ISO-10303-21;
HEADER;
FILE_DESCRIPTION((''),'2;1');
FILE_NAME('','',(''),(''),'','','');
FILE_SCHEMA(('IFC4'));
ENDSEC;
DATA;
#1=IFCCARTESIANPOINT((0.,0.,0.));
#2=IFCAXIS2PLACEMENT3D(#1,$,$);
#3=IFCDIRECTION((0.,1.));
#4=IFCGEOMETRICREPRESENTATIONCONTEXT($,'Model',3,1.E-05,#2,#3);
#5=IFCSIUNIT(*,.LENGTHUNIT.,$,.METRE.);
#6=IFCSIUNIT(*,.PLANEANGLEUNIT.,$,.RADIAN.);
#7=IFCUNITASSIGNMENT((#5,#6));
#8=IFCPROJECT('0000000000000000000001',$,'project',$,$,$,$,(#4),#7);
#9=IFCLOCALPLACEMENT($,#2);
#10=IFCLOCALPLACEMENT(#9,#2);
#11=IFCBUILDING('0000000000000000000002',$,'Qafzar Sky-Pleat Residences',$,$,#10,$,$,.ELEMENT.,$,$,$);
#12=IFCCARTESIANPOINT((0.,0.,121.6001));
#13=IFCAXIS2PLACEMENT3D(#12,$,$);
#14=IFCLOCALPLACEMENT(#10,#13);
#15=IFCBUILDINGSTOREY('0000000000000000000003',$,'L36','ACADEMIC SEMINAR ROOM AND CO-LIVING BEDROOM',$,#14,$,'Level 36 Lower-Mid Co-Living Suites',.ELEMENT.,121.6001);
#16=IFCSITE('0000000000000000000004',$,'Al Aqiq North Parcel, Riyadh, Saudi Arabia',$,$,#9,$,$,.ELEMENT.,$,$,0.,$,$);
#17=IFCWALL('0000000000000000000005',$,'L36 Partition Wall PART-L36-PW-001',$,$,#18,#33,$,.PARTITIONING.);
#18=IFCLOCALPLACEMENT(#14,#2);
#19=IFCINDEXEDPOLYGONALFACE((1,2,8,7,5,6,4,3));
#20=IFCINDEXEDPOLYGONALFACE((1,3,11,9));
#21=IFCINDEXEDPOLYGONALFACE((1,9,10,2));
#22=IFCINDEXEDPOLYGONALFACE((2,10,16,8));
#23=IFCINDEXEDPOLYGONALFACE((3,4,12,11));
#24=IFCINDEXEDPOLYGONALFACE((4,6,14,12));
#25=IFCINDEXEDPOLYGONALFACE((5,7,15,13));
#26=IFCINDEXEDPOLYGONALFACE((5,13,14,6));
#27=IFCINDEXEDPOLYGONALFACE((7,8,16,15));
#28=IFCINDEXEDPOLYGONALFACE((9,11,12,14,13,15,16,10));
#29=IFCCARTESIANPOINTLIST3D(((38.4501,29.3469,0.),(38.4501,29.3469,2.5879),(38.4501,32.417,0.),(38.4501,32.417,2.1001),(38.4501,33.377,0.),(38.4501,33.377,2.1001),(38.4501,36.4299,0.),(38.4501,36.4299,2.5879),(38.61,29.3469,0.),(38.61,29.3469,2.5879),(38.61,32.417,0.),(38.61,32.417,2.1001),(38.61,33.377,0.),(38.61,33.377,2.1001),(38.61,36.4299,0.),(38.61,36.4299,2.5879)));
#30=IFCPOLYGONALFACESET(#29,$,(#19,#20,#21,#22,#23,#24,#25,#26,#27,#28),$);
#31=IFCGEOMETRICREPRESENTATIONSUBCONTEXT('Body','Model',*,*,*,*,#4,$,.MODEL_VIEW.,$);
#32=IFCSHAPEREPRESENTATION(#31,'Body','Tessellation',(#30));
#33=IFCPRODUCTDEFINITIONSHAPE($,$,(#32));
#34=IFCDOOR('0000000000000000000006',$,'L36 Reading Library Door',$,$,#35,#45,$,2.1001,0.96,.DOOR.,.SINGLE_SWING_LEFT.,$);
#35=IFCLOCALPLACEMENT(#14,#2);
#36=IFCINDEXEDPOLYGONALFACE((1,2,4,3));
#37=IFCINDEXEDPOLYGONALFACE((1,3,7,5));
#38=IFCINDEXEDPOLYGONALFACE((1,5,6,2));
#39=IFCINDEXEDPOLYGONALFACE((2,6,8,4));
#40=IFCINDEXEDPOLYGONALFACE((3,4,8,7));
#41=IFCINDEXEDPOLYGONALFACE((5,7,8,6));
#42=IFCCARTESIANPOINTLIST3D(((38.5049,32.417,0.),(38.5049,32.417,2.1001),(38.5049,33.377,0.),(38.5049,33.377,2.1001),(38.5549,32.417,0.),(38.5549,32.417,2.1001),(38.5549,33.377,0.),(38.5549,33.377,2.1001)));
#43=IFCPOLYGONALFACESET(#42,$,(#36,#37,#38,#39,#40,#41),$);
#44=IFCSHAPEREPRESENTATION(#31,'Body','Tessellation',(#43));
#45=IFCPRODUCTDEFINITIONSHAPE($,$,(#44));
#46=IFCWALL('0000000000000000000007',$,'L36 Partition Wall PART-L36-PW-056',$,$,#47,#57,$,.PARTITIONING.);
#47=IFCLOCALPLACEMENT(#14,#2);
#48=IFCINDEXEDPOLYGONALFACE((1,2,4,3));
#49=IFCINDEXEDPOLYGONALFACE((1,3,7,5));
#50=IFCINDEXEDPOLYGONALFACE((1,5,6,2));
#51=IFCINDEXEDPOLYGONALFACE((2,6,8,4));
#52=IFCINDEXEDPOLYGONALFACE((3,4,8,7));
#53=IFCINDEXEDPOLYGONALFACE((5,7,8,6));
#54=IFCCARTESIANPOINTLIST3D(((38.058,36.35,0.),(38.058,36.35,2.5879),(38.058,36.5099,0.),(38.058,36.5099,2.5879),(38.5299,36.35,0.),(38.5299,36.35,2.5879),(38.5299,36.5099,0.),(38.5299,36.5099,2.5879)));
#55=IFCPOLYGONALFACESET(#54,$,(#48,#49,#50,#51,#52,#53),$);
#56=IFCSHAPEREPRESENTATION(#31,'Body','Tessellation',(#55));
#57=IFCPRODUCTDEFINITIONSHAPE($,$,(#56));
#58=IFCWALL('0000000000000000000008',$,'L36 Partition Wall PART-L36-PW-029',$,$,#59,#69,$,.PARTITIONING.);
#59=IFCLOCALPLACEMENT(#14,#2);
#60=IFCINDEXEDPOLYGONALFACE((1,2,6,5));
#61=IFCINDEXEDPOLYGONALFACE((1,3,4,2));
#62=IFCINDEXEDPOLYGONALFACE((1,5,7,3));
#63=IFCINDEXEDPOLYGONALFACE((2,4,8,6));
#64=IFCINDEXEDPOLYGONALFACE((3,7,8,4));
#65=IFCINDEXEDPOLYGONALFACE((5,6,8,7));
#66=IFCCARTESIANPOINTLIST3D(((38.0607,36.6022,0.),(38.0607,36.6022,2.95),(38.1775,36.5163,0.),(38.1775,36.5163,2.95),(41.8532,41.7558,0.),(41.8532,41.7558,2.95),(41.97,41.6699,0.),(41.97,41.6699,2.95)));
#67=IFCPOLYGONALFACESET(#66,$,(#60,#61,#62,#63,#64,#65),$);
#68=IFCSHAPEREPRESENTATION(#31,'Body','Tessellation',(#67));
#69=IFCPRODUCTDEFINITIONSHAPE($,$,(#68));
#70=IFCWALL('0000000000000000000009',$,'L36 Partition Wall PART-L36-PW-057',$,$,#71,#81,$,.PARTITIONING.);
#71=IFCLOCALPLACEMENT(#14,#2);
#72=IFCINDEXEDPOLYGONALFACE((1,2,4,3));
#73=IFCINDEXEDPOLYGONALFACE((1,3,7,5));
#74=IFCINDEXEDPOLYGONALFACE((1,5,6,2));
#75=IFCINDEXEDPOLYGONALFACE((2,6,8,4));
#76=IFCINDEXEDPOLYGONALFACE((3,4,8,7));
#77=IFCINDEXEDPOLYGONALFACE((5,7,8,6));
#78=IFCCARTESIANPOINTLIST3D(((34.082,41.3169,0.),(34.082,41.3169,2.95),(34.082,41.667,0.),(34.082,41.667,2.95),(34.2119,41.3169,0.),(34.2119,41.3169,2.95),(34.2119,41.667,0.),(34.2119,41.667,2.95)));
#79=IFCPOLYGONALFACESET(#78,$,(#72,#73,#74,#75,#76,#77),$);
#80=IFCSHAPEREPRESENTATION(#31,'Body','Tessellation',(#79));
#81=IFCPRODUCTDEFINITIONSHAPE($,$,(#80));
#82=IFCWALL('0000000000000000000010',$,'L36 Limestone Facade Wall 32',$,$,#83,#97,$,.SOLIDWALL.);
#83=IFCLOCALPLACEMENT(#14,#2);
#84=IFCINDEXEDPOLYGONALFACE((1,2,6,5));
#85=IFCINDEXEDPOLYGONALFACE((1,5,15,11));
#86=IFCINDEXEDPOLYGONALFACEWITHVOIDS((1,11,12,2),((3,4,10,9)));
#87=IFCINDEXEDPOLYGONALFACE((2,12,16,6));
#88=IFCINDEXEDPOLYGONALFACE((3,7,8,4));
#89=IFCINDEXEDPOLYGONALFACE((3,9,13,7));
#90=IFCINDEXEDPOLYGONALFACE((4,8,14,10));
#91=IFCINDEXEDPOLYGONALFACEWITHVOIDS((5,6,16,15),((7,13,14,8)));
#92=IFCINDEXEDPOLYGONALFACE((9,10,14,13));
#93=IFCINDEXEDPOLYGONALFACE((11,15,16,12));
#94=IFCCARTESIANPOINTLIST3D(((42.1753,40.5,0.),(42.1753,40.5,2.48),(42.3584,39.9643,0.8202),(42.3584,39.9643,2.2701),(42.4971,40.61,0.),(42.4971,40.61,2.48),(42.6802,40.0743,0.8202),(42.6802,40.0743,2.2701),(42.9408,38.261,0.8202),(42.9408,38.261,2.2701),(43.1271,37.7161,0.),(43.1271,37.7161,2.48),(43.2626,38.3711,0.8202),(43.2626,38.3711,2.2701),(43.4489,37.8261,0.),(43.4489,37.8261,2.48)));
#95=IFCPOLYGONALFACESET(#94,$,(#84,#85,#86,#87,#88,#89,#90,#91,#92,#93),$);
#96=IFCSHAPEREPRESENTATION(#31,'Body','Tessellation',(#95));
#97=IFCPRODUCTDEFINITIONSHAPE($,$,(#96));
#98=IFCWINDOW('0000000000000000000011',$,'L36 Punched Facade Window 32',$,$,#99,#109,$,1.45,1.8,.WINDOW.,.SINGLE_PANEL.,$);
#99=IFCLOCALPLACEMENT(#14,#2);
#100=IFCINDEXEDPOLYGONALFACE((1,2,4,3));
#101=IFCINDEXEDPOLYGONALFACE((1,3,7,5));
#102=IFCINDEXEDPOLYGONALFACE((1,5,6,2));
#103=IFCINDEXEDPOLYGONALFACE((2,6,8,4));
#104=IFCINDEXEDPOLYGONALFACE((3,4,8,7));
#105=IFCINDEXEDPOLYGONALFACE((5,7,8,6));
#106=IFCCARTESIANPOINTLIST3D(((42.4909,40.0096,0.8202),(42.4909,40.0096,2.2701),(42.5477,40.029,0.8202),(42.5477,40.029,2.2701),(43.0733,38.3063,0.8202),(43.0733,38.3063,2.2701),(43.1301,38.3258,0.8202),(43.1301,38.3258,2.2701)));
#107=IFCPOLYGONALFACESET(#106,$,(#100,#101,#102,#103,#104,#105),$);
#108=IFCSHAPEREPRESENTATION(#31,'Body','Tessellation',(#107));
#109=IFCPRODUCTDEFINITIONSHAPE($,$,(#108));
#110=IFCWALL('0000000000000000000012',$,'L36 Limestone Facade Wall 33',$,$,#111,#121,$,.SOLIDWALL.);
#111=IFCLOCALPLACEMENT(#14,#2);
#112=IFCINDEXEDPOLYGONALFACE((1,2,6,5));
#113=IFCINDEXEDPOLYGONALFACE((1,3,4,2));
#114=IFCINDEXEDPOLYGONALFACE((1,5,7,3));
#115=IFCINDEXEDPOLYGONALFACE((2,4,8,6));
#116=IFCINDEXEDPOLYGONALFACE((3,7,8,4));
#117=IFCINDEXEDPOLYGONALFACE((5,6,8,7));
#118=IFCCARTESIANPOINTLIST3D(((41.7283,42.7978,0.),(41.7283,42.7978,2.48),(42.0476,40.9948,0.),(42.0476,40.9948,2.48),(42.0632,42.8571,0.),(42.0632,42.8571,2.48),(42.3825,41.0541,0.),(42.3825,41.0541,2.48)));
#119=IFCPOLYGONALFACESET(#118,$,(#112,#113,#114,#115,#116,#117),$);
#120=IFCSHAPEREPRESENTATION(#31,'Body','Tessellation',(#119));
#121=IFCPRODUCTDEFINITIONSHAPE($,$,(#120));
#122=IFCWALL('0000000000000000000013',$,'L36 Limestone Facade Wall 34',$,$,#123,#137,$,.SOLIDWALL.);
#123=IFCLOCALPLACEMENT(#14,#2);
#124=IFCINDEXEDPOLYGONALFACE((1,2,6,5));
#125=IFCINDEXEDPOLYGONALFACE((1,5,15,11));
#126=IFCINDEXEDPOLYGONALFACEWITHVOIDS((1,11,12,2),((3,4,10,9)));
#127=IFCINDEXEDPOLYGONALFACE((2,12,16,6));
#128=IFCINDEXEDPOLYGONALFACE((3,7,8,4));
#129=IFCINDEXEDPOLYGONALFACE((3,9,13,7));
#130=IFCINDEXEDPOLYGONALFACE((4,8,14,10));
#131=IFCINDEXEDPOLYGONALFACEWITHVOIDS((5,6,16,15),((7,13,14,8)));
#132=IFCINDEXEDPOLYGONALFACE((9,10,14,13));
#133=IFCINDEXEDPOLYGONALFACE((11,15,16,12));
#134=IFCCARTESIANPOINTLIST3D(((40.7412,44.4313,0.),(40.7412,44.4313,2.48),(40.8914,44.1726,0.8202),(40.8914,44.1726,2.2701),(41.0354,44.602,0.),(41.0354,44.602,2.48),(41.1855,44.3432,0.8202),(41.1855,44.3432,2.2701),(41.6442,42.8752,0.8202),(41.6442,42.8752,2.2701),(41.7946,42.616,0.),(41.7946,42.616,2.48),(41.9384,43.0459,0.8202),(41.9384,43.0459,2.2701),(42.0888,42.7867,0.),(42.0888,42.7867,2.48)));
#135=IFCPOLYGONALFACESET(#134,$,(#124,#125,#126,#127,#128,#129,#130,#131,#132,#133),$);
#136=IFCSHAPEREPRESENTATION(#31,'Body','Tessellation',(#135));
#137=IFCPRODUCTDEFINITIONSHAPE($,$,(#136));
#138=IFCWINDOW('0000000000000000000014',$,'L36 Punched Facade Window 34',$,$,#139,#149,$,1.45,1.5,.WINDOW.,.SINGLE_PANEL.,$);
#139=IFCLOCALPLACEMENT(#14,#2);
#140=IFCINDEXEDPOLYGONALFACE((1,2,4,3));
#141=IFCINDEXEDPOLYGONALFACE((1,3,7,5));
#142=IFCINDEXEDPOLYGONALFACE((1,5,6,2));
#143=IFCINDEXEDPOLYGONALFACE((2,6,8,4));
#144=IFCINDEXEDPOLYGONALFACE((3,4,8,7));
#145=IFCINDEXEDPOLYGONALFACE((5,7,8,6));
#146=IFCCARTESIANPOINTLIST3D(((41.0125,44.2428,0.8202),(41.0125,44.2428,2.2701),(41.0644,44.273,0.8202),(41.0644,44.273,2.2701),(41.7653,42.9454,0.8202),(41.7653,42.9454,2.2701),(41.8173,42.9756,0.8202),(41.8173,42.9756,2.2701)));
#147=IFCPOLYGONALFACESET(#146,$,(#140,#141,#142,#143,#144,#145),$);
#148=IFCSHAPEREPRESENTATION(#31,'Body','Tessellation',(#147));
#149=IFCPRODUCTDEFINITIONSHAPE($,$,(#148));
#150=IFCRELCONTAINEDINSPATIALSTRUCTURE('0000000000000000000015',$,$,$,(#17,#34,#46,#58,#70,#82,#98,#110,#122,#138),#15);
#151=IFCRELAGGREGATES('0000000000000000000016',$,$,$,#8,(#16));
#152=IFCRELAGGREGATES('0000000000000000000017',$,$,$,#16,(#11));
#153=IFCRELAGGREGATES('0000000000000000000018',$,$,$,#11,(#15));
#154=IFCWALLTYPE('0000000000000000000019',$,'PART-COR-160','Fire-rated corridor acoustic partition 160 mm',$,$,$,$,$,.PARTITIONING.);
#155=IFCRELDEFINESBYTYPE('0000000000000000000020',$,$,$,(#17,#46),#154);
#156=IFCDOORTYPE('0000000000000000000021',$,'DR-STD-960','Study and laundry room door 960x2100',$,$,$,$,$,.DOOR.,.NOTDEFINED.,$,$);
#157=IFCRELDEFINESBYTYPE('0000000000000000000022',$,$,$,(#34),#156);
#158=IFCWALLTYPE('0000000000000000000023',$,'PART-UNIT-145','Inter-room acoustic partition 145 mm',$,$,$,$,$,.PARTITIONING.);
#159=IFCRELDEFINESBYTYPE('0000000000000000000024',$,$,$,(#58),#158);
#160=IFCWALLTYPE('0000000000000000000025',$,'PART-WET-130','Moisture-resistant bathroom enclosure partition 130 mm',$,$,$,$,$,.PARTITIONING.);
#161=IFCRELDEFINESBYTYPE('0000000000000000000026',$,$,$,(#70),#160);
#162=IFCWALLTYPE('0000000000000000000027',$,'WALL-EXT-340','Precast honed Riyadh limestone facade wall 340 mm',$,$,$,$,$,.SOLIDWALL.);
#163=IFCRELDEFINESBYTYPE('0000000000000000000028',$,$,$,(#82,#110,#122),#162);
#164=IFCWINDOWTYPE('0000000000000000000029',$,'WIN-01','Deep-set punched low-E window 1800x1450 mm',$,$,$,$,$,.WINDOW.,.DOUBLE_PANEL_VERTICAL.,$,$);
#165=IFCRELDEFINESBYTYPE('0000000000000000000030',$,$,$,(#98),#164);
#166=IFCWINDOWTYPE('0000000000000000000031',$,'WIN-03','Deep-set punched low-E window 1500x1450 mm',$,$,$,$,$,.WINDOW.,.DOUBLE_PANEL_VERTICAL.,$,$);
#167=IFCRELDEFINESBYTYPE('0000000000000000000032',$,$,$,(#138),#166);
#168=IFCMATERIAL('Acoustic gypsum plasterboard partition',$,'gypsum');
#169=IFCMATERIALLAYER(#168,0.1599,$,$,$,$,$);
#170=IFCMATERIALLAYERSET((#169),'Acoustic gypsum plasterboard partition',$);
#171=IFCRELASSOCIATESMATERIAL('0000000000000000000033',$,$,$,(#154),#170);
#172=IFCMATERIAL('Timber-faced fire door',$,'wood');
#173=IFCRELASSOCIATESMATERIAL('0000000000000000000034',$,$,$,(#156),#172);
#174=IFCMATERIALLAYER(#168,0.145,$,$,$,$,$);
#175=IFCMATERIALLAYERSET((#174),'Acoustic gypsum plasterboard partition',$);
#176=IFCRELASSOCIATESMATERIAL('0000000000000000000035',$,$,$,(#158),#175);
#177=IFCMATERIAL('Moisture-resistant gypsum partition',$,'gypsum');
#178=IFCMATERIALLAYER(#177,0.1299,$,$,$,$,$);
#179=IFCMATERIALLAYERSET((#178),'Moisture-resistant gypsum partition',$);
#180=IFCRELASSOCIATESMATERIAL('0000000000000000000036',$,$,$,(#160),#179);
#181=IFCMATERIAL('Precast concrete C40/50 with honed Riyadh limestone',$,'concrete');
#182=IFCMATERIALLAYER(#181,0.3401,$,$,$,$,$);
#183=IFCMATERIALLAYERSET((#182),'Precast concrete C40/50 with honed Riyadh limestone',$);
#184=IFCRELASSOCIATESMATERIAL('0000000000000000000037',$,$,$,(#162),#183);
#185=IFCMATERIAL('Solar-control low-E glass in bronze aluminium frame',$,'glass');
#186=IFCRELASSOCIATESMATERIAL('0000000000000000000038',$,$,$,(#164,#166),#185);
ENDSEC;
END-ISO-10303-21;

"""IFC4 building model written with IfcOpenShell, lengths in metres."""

from ifc_helpers import new_model, si_unit, direction, frame, frame_2d, origin, place, context, subcontext, project, spatial, rectangle, extrude, source, transform, mapped, material, layer, layer_set, type_object, element, fill, save


model = new_model("IFC4")

# Units and contexts
model_context = context("Model", 3, precision=1e-05, world=origin(), true_north=direction((0.0, 1.0)))
body_context = subcontext(model_context, "Body", "Model", "MODEL_VIEW")
ifc_project = project(units=[si_unit("LENGTHUNIT", "METRE"), si_unit("PLANEANGLEUNIT", "RADIAN")], contexts=[model_context])

# Site, building, storey
site_placement = place(None, origin())
site = spatial("IfcSite", under=ifc_project, at=site_placement, Name="Al Aqiq North Parcel, Riyadh, Saudi Arabia", CompositionType="ELEMENT", RefElevation=0.0)
building_placement = place(site_placement, origin())
building = spatial("IfcBuilding", under=site, at=building_placement, Name="Qafzar Sky-Pleat Residences", CompositionType="ELEMENT")
storey_placement = place(building_placement, frame((0.0, 0.0, 121.6001)))
storey = spatial("IfcBuildingStorey", under=building, at=storey_placement, Name="L36", Description="ACADEMIC SEMINAR ROOM AND CO-LIVING BEDROOM", LongName="Level 36 Lower-Mid Co-Living Suites", CompositionType="ELEMENT", Elevation=121.6001)

# Wall, opening, door
ifc_material_1 = material(Name="Acoustic gypsum plasterboard partition", Category="gypsum")
ifc_layer_1 = layer(ifc_material_1, 0.1599)
ifc_layer_set_1 = layer_set([ifc_layer_1], Name="Acoustic gypsum plasterboard partition")
wall_type_1 = type_object("IfcWallType", Name="PART-COR-160", Description="Fire-rated corridor acoustic partition 160 mm", PredefinedType="PARTITIONING", material=ifc_layer_set_1)
wall_1_placement = place(storey_placement, frame((38.53, 36.4299, 0.0), z_axis=(0.0, 0.0, 1.0), x_axis=(0.0, -1.0, 0.0)))
wall_1 = element("IfcWall", 1, at=wall_1_placement, inside=storey, type_object=wall_type_1, Name="L36 Partition Wall PART-L36-PW-001", PredefinedType="PARTITIONING", context=body_context, shape_type="SweptSolid", body=[
    extrude(rectangle(XDim=7.083, YDim=0.1599, at=frame_2d((3.5415, 0.0))), origin(), (0.0, 0.0, 1.0), 2.5879),
])
opening_1_placement = place(wall_1_placement, frame((3.053, 0.0, 0.0)))
opening_1 = element("IfcOpeningElement", 2, at=opening_1_placement, cuts=wall_1, PredefinedType="OPENING", context=body_context, shape_type="SweptSolid", body=[
    extrude(rectangle(XDim=0.96, YDim=2.1001, at=frame_2d((0.48, 1.05))), frame((0.0, 0.0898, 0.0), z_axis=(0.0, -1.0, 0.0), x_axis=(1.0, 0.0, 0.0)), (0.0, 0.0, 1.0), 0.1799),
])
ifc_material_2 = material(Name="Timber-faced fire door", Category="wood")
door_type = type_object("IfcDoorType", Name="DR-STD-960", Description="Study and laundry room door 960x2100", OperationType="NOTDEFINED", PredefinedType="DOOR", material=ifc_material_2)
shared_shape_1 = source(origin(), body_context, "Body", "SweptSolid", [
    extrude(rectangle(XDim=0.96, YDim=2.1001, at=frame_2d((0.48, 1.05))), frame((0.0, 0.0249, 0.0), z_axis=(0.0, -1.0, 0.0), x_axis=(1.0, 0.0, 0.0)), (0.0, 0.0, 1.0), 0.05),
])
door_placement = place(opening_1_placement, origin())
door = element("IfcDoor", 3, at=door_placement, inside=storey, type_object=door_type, Name="L36 Reading Library Door", OperationType="SINGLE_SWING_LEFT", OverallHeight=2.1001, OverallWidth=0.96, PredefinedType="DOOR", context=body_context, shape_type="MappedRepresentation", body=[
    mapped(shared_shape_1, transform((0.0, 0.0, 0.0), x_axis=(1.0, 0.0, 0.0), y_axis=(0.0, 1.0, 0.0), z_axis=(0.0, 0.0, 1.0), scale=1.0)),
])
fill(opening_1, door)

# Walls
wall_2_placement = place(storey_placement, frame((38.0581, 36.4299, 0.0), z_axis=(0.0, 0.0, 1.0), x_axis=(1.0, 0.0, 0.0)))
element("IfcWall", 4, at=wall_2_placement, inside=storey, type_object=wall_type_1, Name="L36 Partition Wall PART-L36-PW-056", PredefinedType="PARTITIONING", context=body_context, shape_type="SweptSolid", body=[
    extrude(rectangle(XDim=0.4719, YDim=0.1599, at=frame_2d((0.2358, 0.0))), origin(), (0.0, 0.0, 1.0), 2.5879),
])
ifc_layer_2 = layer(ifc_material_1, 0.145)
ifc_layer_set_2 = layer_set([ifc_layer_2], Name="Acoustic gypsum plasterboard partition")
wall_type_2 = type_object("IfcWallType", Name="PART-UNIT-145", Description="Inter-room acoustic partition 145 mm", PredefinedType="PARTITIONING", material=ifc_layer_set_2)
wall_3_placement = place(storey_placement, frame((38.1191, 36.5593, 0.0), z_axis=(0.0, 0.0, 1.0), x_axis=(0.592704, 0.80542, 0.0)))
element("IfcWall", 5, at=wall_3_placement, inside=storey, type_object=wall_type_2, Name="L36 Partition Wall PART-L36-PW-029", PredefinedType="PARTITIONING", context=body_context, shape_type="SweptSolid", body=[
    extrude(rectangle(XDim=6.3987, YDim=0.145, at=frame_2d((3.1992, 0.0))), origin(), (0.0, 0.0, 1.0), 2.95),
])
ifc_material_3 = material(Name="Moisture-resistant gypsum partition", Category="gypsum")
ifc_layer_3 = layer(ifc_material_3, 0.1299)
ifc_layer_set_3 = layer_set([ifc_layer_3], Name="Moisture-resistant gypsum partition")
wall_type_3 = type_object("IfcWallType", Name="PART-WET-130", Description="Moisture-resistant bathroom enclosure partition 130 mm", PredefinedType="PARTITIONING", material=ifc_layer_set_3)
wall_4_placement = place(storey_placement, frame((34.147, 41.3169, 0.0), z_axis=(0.0, 0.0, 1.0), x_axis=(0.0, 1.0, 0.0)))
element("IfcWall", 6, at=wall_4_placement, inside=storey, type_object=wall_type_3, Name="L36 Partition Wall PART-L36-PW-057", PredefinedType="PARTITIONING", context=body_context, shape_type="SweptSolid", body=[
    extrude(rectangle(XDim=0.3501, YDim=0.1299, at=frame_2d((0.175, 0.0))), origin(), (0.0, 0.0, 1.0), 2.95),
])

# Wall, opening, window
ifc_material_4 = material(Name="Precast concrete C40/50 with honed Riyadh limestone", Category="concrete")
ifc_layer_4 = layer(ifc_material_4, 0.3401)
ifc_layer_set_4 = layer_set([ifc_layer_4], Name="Precast concrete C40/50 with honed Riyadh limestone")
wall_type_4 = type_object("IfcWallType", Name="WALL-EXT-340", Description="Precast honed Riyadh limestone facade wall 340 mm", PredefinedType="SOLIDWALL", material=ifc_layer_set_4)
wall_5_placement = place(storey_placement, frame((43.2881, 37.771, 0.0), z_axis=(0.0, 0.0, 1.0), x_axis=(-0.323537, 0.946215, 0.0)))
wall_5 = element("IfcWall", 7, at=wall_5_placement, inside=storey, type_object=wall_type_4, Name="L36 Limestone Facade Wall 32", PredefinedType="SOLIDWALL", context=body_context, shape_type="SweptSolid", body=[
    extrude(rectangle(XDim=2.9421, YDim=0.3401, at=frame_2d((1.4712, 0.0))), origin(), (0.0, 0.0, 1.0), 2.48),
])
opening_2_placement = place(wall_5_placement, frame((0.5762, 0.0, 0.8201)))
opening_2 = element("IfcOpeningElement", 8, at=opening_2_placement, cuts=wall_5, PredefinedType="OPENING", context=body_context, shape_type="SweptSolid", body=[
    extrude(rectangle(XDim=1.8, YDim=1.45, at=frame_2d((0.8999, 0.7251))), frame((0.0, 0.1802, 0.0), z_axis=(0.0, -1.0, 0.0), x_axis=(1.0, 0.0, 0.0)), (0.0, 0.0, 1.0), 0.3601),
])
ifc_material_5 = material(Name="Solar-control low-E glass in bronze aluminium frame", Category="glass")
window_type_1 = type_object("IfcWindowType", Name="WIN-01", Description="Deep-set punched low-E window 1800x1450 mm", PartitioningType="DOUBLE_PANEL_VERTICAL", PredefinedType="WINDOW", material=ifc_material_5)
shared_shape_2 = source(origin(), body_context, "Body", "SweptSolid", [
    extrude(rectangle(XDim=1.8, YDim=1.45, at=frame_2d((0.8999, 0.7251))), frame((0.0, 0.03, 0.0), z_axis=(0.0, -1.0, 0.0), x_axis=(1.0, 0.0, 0.0)), (0.0, 0.0, 1.0), 0.0601),
])
window_1_placement = place(opening_2_placement, origin())
window_1 = element("IfcWindow", 9, at=window_1_placement, inside=storey, type_object=window_type_1, Name="L36 Punched Facade Window 32", OverallHeight=1.45, OverallWidth=1.8, PartitioningType="SINGLE_PANEL", PredefinedType="WINDOW", context=body_context, shape_type="MappedRepresentation", body=[
    mapped(shared_shape_2, transform((0.0, 0.0, 0.0), x_axis=(1.0, 0.0, 0.0), y_axis=(0.0, 1.0, 0.0), z_axis=(0.0, 0.0, 1.0), scale=1.0)),
])
fill(opening_2, window_1)

# Wall
wall_6_placement = place(storey_placement, frame((42.2151, 41.0244, 0.0), z_axis=(0.0, 0.0, 1.0), x_axis=(-0.174401, 0.984675, 0.0)))
element("IfcWall", 10, at=wall_6_placement, inside=storey, type_object=wall_type_4, Name="L36 Limestone Facade Wall 33", PredefinedType="SOLIDWALL", context=body_context, shape_type="SweptSolid", body=[
    extrude(rectangle(XDim=1.8311, YDim=0.3401, at=frame_2d((0.9155, 0.0))), origin(), (0.0, 0.0, 1.0), 2.48),
])

# Wall, opening, window
wall_7_placement = place(storey_placement, frame((41.9417, 42.7014, 0.0), z_axis=(0.0, 0.0, 1.0), x_axis=(-0.501903, 0.864924, 0.0)))
wall_7 = element("IfcWall", 11, at=wall_7_placement, inside=storey, type_object=wall_type_4, Name="L36 Limestone Facade Wall 34", PredefinedType="SOLIDWALL", context=body_context, shape_type="SweptSolid", body=[
    extrude(rectangle(XDim=2.0989, YDim=0.3401, at=frame_2d((1.0493, 0.0))), origin(), (0.0, 0.0, 1.0), 2.48),
])
opening_3_placement = place(wall_7_placement, frame((0.2996, 0.0, 0.8201)))
opening_3 = element("IfcOpeningElement", 12, at=opening_3_placement, cuts=wall_7, PredefinedType="OPENING", context=body_context, shape_type="SweptSolid", body=[
    extrude(rectangle(XDim=1.5, YDim=1.45, at=frame_2d((0.75, 0.7251))), frame((0.0, 0.1802, 0.0), z_axis=(0.0, -1.0, 0.0), x_axis=(1.0, 0.0, 0.0)), (0.0, 0.0, 1.0), 0.3601),
])
window_type_2 = type_object("IfcWindowType", Name="WIN-03", Description="Deep-set punched low-E window 1500x1450 mm", PartitioningType="DOUBLE_PANEL_VERTICAL", PredefinedType="WINDOW", material=ifc_material_5)
shared_shape_3 = source(origin(), body_context, "Body", "SweptSolid", [
    extrude(rectangle(XDim=1.5, YDim=1.45, at=frame_2d((0.75, 0.7251))), frame((0.0, 0.03, 0.0), z_axis=(0.0, -1.0, 0.0), x_axis=(1.0, 0.0, 0.0)), (0.0, 0.0, 1.0), 0.0601),
])
window_2_placement = place(opening_3_placement, origin())
window_2 = element("IfcWindow", 13, at=window_2_placement, inside=storey, type_object=window_type_2, Name="L36 Punched Facade Window 34", OverallHeight=1.45, OverallWidth=1.5, PartitioningType="SINGLE_PANEL", PredefinedType="WINDOW", context=body_context, shape_type="MappedRepresentation", body=[
    mapped(shared_shape_3, transform((0.0, 0.0, 0.0), x_axis=(1.0, 0.0, 0.0), y_axis=(0.0, 1.0, 0.0), z_axis=(0.0, 0.0, 1.0), scale=1.0)),
])
fill(opening_3, window_2)

save(model, "model.ifc")
